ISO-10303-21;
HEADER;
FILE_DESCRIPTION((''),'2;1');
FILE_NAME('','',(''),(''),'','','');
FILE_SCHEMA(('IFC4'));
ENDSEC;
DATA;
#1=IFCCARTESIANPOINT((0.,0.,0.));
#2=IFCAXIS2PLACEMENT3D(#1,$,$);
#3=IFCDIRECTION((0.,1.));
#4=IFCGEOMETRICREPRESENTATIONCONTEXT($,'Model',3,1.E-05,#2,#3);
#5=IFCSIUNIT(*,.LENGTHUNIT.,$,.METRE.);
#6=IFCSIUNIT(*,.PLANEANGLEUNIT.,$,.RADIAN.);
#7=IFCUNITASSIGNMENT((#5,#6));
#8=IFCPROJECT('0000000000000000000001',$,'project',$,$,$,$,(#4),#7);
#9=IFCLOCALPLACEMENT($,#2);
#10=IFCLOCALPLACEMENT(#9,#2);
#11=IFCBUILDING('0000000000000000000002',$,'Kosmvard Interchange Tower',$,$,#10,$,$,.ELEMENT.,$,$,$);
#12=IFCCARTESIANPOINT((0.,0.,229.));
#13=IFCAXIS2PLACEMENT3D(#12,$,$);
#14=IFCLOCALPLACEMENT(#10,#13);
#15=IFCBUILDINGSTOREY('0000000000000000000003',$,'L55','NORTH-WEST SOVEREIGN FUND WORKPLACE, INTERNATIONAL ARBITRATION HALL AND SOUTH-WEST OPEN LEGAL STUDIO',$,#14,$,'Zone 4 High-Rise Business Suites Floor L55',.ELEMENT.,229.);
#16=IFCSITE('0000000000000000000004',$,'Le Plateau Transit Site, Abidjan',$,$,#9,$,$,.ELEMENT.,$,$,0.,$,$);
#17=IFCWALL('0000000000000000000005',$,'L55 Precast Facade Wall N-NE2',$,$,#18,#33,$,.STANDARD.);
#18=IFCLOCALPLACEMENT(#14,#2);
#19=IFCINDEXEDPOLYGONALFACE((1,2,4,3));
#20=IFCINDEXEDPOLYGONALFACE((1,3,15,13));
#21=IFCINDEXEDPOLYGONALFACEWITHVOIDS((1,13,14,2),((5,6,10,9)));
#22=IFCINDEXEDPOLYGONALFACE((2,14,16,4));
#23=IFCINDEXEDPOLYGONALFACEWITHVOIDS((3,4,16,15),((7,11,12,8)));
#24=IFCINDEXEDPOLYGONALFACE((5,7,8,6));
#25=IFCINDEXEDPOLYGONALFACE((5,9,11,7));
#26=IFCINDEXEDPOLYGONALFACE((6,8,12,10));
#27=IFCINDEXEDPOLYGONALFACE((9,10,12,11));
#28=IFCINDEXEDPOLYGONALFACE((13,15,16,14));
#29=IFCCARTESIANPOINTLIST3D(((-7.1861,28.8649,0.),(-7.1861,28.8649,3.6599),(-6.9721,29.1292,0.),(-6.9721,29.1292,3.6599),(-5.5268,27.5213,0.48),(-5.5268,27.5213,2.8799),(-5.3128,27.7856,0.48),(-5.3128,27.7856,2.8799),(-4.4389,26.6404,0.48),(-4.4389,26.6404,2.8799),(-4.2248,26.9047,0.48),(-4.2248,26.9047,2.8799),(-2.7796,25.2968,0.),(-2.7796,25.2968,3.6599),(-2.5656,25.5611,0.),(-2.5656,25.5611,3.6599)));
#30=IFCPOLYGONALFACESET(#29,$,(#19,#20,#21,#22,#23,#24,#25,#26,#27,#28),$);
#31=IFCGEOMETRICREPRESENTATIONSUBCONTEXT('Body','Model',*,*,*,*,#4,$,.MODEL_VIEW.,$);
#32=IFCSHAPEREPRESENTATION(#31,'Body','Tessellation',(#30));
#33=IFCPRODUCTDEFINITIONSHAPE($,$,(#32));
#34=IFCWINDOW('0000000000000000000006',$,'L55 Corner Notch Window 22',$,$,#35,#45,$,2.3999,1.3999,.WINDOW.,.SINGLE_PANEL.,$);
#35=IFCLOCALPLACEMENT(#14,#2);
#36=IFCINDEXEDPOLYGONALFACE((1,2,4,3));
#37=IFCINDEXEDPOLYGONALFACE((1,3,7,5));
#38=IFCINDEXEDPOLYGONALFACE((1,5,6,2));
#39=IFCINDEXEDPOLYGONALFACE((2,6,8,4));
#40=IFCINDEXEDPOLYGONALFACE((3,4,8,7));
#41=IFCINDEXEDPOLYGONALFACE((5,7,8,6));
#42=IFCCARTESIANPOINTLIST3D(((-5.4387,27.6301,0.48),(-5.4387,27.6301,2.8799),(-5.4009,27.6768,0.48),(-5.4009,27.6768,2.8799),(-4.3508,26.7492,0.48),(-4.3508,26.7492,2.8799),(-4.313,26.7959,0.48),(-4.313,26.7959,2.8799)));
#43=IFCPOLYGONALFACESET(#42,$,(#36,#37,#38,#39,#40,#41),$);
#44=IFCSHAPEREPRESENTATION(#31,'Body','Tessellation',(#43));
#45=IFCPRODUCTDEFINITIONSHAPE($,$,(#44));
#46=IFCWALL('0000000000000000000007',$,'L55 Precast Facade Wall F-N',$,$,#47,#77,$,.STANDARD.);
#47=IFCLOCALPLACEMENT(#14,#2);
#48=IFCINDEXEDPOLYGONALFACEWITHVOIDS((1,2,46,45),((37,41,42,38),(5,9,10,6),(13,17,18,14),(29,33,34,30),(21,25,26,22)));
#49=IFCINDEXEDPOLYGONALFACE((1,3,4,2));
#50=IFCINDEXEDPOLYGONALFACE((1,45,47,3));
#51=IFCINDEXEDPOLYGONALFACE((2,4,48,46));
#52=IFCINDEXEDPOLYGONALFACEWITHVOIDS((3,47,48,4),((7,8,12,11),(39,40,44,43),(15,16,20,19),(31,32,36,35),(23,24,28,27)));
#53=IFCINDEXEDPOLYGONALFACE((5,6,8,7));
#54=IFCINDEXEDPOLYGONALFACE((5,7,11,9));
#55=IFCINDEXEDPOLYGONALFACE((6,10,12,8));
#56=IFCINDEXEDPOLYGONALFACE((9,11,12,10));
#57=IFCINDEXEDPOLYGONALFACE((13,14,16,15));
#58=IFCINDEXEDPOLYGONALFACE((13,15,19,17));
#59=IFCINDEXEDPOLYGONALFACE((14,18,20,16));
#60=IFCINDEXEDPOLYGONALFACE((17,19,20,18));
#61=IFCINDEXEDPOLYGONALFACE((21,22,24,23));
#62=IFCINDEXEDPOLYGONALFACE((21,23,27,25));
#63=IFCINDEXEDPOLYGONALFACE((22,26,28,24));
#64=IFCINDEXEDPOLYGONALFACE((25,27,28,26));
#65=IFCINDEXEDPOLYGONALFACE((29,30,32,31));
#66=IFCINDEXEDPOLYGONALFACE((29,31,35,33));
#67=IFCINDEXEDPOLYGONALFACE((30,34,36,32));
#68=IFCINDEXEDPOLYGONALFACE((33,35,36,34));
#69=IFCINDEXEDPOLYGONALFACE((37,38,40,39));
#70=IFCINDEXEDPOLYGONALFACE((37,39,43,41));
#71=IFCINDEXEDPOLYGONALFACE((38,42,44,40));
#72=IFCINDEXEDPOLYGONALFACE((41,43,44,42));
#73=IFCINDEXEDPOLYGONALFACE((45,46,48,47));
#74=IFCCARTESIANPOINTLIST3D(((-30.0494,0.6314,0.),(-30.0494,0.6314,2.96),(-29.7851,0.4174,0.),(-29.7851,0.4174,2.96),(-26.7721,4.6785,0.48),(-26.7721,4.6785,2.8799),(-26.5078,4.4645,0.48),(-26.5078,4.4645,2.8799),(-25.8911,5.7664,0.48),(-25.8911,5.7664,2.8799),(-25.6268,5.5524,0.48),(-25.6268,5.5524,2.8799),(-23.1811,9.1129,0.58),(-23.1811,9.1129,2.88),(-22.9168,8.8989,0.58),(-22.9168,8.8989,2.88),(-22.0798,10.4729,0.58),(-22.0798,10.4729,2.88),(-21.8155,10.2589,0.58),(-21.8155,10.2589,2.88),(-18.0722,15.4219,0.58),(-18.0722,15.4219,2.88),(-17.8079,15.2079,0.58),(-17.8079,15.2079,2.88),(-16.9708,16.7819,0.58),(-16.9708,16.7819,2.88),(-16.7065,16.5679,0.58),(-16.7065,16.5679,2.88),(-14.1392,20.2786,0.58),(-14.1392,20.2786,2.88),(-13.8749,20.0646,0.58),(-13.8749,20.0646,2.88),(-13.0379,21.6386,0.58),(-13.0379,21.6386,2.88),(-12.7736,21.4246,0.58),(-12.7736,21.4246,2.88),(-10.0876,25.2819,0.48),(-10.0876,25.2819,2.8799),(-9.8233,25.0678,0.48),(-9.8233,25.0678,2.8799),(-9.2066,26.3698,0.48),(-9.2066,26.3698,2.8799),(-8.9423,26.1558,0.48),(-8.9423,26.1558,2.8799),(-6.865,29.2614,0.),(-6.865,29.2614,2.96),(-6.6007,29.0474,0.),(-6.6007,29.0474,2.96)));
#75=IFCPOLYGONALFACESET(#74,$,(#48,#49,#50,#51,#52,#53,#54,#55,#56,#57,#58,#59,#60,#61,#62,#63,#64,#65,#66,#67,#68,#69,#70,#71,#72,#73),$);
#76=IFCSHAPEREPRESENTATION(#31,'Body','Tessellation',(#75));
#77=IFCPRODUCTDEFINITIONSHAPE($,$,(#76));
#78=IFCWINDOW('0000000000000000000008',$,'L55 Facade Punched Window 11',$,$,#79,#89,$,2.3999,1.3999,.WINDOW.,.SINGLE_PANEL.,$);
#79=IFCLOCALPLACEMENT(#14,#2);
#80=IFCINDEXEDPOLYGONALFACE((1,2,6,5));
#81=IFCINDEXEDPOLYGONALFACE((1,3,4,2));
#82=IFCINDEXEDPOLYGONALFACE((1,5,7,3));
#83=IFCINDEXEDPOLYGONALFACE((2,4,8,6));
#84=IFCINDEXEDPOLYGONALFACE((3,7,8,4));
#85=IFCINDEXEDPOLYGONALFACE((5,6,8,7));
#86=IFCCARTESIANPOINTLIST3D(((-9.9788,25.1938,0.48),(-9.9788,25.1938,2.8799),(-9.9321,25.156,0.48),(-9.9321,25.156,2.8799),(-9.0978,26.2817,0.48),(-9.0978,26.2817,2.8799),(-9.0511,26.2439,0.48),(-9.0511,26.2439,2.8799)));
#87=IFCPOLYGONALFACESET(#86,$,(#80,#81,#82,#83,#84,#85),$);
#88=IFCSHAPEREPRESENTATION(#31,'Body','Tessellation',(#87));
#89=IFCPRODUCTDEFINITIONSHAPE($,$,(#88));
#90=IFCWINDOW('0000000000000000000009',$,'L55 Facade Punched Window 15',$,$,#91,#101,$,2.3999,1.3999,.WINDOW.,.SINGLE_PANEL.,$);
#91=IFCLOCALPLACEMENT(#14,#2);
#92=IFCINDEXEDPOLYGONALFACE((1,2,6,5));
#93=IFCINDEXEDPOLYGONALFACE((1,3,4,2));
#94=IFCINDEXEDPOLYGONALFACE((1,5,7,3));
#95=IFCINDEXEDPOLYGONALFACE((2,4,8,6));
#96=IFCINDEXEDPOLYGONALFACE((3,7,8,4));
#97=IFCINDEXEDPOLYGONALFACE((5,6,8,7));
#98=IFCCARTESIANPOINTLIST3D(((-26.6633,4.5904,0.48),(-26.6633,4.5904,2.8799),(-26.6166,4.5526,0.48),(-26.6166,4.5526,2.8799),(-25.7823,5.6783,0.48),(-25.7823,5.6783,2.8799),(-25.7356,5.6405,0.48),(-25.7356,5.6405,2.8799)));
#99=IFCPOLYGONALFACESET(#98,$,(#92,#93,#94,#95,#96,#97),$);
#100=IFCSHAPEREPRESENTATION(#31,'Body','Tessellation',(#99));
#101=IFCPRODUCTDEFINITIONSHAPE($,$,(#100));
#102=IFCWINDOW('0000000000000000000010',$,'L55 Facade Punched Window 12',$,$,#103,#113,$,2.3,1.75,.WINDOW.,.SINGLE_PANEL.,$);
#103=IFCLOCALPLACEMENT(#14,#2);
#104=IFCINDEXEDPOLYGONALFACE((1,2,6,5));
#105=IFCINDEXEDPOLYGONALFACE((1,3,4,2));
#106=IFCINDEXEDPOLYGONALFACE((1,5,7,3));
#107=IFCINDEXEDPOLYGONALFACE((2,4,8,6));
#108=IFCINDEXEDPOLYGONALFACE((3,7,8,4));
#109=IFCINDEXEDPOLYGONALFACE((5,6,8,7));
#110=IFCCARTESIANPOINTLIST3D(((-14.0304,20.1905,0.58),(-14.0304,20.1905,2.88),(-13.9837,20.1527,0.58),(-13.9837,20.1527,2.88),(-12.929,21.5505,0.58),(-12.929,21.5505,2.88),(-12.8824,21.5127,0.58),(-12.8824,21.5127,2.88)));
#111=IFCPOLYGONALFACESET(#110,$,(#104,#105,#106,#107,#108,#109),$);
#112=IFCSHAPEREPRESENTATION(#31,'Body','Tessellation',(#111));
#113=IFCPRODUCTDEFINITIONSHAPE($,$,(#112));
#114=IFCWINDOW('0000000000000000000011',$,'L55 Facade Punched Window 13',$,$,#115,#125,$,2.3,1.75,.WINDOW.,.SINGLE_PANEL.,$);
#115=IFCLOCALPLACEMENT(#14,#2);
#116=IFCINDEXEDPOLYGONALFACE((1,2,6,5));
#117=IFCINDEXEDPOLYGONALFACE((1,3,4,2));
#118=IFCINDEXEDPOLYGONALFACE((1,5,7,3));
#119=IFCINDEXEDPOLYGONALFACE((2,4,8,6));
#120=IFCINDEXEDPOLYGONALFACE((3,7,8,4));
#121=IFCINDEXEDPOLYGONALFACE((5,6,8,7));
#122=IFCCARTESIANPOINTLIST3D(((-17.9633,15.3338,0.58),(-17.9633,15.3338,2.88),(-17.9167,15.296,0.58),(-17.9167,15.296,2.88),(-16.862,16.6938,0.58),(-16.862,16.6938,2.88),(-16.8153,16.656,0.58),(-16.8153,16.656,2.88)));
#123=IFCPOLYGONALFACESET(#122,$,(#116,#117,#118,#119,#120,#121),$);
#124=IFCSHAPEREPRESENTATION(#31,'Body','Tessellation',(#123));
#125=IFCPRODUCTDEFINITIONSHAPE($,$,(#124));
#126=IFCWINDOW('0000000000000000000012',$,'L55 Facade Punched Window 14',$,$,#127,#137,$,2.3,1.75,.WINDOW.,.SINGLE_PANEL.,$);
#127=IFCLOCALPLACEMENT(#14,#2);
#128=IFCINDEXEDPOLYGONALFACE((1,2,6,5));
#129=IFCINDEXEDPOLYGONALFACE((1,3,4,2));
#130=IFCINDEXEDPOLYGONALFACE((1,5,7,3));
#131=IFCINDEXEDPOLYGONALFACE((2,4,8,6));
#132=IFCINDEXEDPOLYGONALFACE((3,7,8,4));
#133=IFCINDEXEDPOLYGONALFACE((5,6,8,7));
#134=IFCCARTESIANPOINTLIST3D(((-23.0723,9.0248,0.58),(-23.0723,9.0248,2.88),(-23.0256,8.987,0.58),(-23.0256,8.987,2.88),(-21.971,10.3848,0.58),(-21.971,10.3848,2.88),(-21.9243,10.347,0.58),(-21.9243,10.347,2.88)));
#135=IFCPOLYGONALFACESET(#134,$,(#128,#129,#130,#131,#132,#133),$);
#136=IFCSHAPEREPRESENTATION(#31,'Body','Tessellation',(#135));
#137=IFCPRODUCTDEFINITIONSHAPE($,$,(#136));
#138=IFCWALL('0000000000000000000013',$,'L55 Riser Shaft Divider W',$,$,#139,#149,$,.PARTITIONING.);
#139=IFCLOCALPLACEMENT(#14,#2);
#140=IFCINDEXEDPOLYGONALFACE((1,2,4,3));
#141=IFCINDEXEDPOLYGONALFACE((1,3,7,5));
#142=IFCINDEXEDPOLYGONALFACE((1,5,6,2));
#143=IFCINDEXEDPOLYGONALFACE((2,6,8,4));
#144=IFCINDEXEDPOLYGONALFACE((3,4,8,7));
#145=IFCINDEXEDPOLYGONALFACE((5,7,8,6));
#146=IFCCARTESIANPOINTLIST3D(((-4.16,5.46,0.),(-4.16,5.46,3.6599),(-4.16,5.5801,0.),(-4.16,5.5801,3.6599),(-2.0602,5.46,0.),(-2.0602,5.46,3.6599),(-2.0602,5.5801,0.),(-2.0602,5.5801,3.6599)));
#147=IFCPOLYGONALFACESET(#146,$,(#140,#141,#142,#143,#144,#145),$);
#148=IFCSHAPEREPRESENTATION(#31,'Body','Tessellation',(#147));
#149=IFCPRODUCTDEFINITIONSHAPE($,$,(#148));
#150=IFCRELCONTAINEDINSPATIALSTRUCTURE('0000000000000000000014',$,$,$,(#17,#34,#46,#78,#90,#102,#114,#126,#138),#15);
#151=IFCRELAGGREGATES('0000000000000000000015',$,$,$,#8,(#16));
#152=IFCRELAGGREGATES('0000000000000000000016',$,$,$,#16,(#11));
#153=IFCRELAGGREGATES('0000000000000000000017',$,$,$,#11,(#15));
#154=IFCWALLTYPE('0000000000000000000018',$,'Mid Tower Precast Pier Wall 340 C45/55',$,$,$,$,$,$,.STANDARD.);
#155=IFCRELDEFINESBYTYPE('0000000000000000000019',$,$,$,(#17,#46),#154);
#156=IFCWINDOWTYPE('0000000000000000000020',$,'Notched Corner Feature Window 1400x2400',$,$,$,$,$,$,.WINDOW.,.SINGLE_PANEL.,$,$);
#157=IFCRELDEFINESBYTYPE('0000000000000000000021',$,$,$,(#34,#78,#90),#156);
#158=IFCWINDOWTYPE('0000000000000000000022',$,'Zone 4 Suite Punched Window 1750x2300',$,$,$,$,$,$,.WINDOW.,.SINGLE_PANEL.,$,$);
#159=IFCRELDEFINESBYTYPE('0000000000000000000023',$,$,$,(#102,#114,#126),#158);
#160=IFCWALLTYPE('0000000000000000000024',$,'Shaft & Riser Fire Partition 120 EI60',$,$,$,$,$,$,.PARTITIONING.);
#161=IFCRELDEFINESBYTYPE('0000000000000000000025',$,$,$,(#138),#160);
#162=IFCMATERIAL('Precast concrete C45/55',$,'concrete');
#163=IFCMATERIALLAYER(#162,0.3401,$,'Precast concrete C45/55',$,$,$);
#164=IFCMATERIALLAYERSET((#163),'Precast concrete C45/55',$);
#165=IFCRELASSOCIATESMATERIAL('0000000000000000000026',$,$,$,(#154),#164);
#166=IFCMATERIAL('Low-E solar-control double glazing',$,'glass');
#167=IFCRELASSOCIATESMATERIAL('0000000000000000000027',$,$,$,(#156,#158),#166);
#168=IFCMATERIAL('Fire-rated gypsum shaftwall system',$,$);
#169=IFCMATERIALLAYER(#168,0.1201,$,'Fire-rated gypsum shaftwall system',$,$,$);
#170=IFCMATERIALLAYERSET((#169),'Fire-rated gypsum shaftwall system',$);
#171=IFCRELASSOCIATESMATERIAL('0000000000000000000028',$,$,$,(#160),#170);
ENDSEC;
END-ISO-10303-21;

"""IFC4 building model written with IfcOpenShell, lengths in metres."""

from ifc_helpers import new_model, si_unit, direction, frame, frame_2d, origin, place, context, subcontext, project, spatial, rectangle, extrude, source, transform, mapped, material, layer, layer_set, type_object, element, fill, save


model = new_model("IFC4")

# Units and contexts
model_context = context("Model", 3, precision=1e-05, world=origin(), true_north=direction((0.0, 1.0)))
body_context = subcontext(model_context, "Body", "Model", "MODEL_VIEW")
ifc_project = project(units=[si_unit("LENGTHUNIT", "METRE"), si_unit("PLANEANGLEUNIT", "RADIAN")], contexts=[model_context])

# Site, building, storey
site_placement = place(None, origin())
site = spatial("IfcSite", under=ifc_project, at=site_placement, Name="Le Plateau Transit Site, Abidjan", CompositionType="ELEMENT", RefElevation=0.0)
building_placement = place(site_placement, origin())
building = spatial("IfcBuilding", under=site, at=building_placement, Name="Kosmvard Interchange Tower", CompositionType="ELEMENT")
storey_placement = place(building_placement, frame((0.0, 0.0, 229.0)))
storey = spatial("IfcBuildingStorey", under=building, at=storey_placement, Name="L55", Description="NORTH-WEST SOVEREIGN FUND WORKPLACE, INTERNATIONAL ARBITRATION HALL AND SOUTH-WEST OPEN LEGAL STUDIO", LongName="Zone 4 High-Rise Business Suites Floor L55", CompositionType="ELEMENT", Elevation=229.0)

# Wall, opening, window
ifc_material_1 = material(Name="Precast concrete C45/55", Category="concrete")
ifc_layer_1 = layer(ifc_material_1, 0.3401, Name="Precast concrete C45/55")
ifc_layer_set_1 = layer_set([ifc_layer_1], Name="Precast concrete C45/55")
wall_type_1 = type_object("IfcWallType", Name="Mid Tower Precast Pier Wall 340 C45/55", PredefinedType="STANDARD", material=ifc_layer_set_1)
wall_1_placement = place(storey_placement, frame((-2.6726, 25.429, 0.0), z_axis=(0.0, 0.0, 1.0), x_axis=(-0.777163, 0.6293, 0.0)))
wall_1 = element("IfcWall", 1, at=wall_1_placement, inside=storey, type_object=wall_type_1, Name="L55 Precast Facade Wall N-NE2", PredefinedType="STANDARD", context=body_context, shape_type="SweptSolid", body=[
    extrude(rectangle(XDim=5.6699, YDim=0.3401, at=frame_2d((2.835, 0.0))), origin(), (0.0, 0.0, 1.0), 3.6599),
])
opening_1_placement = place(wall_1_placement, frame((2.135, 0.0, 0.48)))
opening_1 = element("IfcOpeningElement", 2, at=opening_1_placement, cuts=wall_1, PredefinedType="OPENING", context=body_context, shape_type="SweptSolid", body=[
    extrude(rectangle(XDim=1.3999, YDim=2.3999, at=frame_2d((0.7, 1.2))), frame((0.0, 0.1802, 0.0), z_axis=(0.0, -1.0, 0.0), x_axis=(1.0, 0.0, 0.0)), (0.0, 0.0, 1.0), 0.3601),
])
ifc_material_2 = material(Name="Low-E solar-control double glazing", Category="glass")
window_type_1 = type_object("IfcWindowType", Name="Notched Corner Feature Window 1400x2400", PartitioningType="SINGLE_PANEL", PredefinedType="WINDOW", material=ifc_material_2)
shared_shape_1 = source(origin(), body_context, "Body", "SweptSolid", [
    extrude(rectangle(XDim=1.3999, YDim=2.3999, at=frame_2d((0.7, 1.2))), frame((0.0, 0.03, 0.0), z_axis=(0.0, -1.0, 0.0), x_axis=(1.0, 0.0, 0.0)), (0.0, 0.0, 1.0), 0.0601),
])
window_1_placement = place(opening_1_placement, origin())
window_1 = element("IfcWindow", 3, at=window_1_placement, inside=storey, type_object=window_type_1, Name="L55 Corner Notch Window 22", OverallHeight=2.3999, OverallWidth=1.3999, PartitioningType="SINGLE_PANEL", PredefinedType="WINDOW", context=body_context, shape_type="MappedRepresentation", body=[
    mapped(shared_shape_1, transform((0.0, 0.0, 0.0), scale=1.0)),
])
fill(opening_1, window_1)

# Wall, openings, windows
wall_2_placement = place(storey_placement, frame((-6.7329, 29.1543, 0.0), z_axis=(0.0, 0.0, 1.0), x_axis=(-0.629325, -0.777142, 0.0)))
wall_2 = element("IfcWall", 4, at=wall_2_placement, inside=storey, type_object=wall_type_1, Name="L55 Precast Facade Wall F-N", PredefinedType="STANDARD", context=body_context, shape_type="SweptSolid", body=[
    extrude(rectangle(XDim=36.8401, YDim=0.3401, at=frame_2d((18.4199, 0.0))), origin(), (0.0, 0.0, 1.0), 2.96),
])
opening_2_placement = place(wall_2_placement, frame((3.7207, 0.0, 0.48)))
opening_2 = element("IfcOpeningElement", 5, at=opening_2_placement, cuts=wall_2, PredefinedType="OPENING", context=body_context, shape_type="SweptSolid", body=[
    extrude(rectangle(XDim=1.3999, YDim=2.3999, at=frame_2d((0.7, 1.2))), frame((0.0, 0.1802, 0.0), z_axis=(0.0, -1.0, 0.0), x_axis=(1.0, 0.0, 0.0)), (0.0, 0.0, 1.0), 0.3601),
])
opening_3_placement = place(wall_2_placement, frame((9.8086, 0.0, 0.5801)))
opening_3 = element("IfcOpeningElement", 6, at=opening_3_placement, cuts=wall_2, PredefinedType="OPENING", context=body_context, shape_type="SweptSolid", body=[
    extrude(rectangle(XDim=1.75, YDim=2.3, at=frame_2d((0.875, 1.1499))), frame((0.0, 0.1802, 0.0), z_axis=(0.0, -1.0, 0.0), x_axis=(1.0, 0.0, 0.0)), (0.0, 0.0, 1.0), 0.3601),
])
opening_4_placement = place(wall_2_placement, frame((16.0581, 0.0, 0.5801)))
opening_4 = element("IfcOpeningElement", 7, at=opening_4_placement, cuts=wall_2, PredefinedType="OPENING", context=body_context, shape_type="SweptSolid", body=[
    extrude(rectangle(XDim=1.75, YDim=2.3, at=frame_2d((0.875, 1.1499))), frame((0.0, 0.1802, 0.0), z_axis=(0.0, -1.0, 0.0), x_axis=(1.0, 0.0, 0.0)), (0.0, 0.0, 1.0), 0.3601),
])
opening_5_placement = place(wall_2_placement, frame((24.1763, 0.0, 0.5801)))
opening_5 = element("IfcOpeningElement", 8, at=opening_5_placement, cuts=wall_2, PredefinedType="OPENING", context=body_context, shape_type="SweptSolid", body=[
    extrude(rectangle(XDim=1.75, YDim=2.3, at=frame_2d((0.875, 1.1499))), frame((0.0, 0.1802, 0.0), z_axis=(0.0, -1.0, 0.0), x_axis=(1.0, 0.0, 0.0)), (0.0, 0.0, 1.0), 0.3601),
])
opening_6_placement = place(wall_2_placement, frame((30.2324, 0.0, 0.48)))
opening_6 = element("IfcOpeningElement", 9, at=opening_6_placement, cuts=wall_2, PredefinedType="OPENING", context=body_context, shape_type="SweptSolid", body=[
    extrude(rectangle(XDim=1.3999, YDim=2.3999, at=frame_2d((0.7, 1.2))), frame((0.0, 0.1802, 0.0), z_axis=(0.0, -1.0, 0.0), x_axis=(1.0, 0.0, 0.0)), (0.0, 0.0, 1.0), 0.3601),
])
window_2_placement = place(opening_2_placement, origin())
window_2 = element("IfcWindow", 10, at=window_2_placement, inside=storey, type_object=window_type_1, Name="L55 Facade Punched Window 11", OverallHeight=2.3999, OverallWidth=1.3999, PartitioningType="SINGLE_PANEL", PredefinedType="WINDOW", context=body_context, shape_type="MappedRepresentation", body=[
    mapped(shared_shape_1, transform((0.0, 0.0, 0.0), scale=1.0)),
])
fill(opening_2, window_2)
window_3_placement = place(opening_6_placement, origin())
window_3 = element("IfcWindow", 11, at=window_3_placement, inside=storey, type_object=window_type_1, Name="L55 Facade Punched Window 15", OverallHeight=2.3999, OverallWidth=1.3999, PartitioningType="SINGLE_PANEL", PredefinedType="WINDOW", context=body_context, shape_type="MappedRepresentation", body=[
    mapped(shared_shape_1, transform((0.0, 0.0, 0.0), scale=1.0)),
])
fill(opening_6, window_3)
window_type_2 = type_object("IfcWindowType", Name="Zone 4 Suite Punched Window 1750x2300", PartitioningType="SINGLE_PANEL", PredefinedType="WINDOW", material=ifc_material_2)
shared_shape_2 = source(origin(), body_context, "Body", "SweptSolid", [
    extrude(rectangle(XDim=1.75, YDim=2.3, at=frame_2d((0.875, 1.1499))), frame((0.0, 0.03, 0.0), z_axis=(0.0, -1.0, 0.0), x_axis=(1.0, 0.0, 0.0)), (0.0, 0.0, 1.0), 0.0601),
])
window_4_placement = place(opening_3_placement, origin())
window_4 = element("IfcWindow", 12, at=window_4_placement, inside=storey, type_object=window_type_2, Name="L55 Facade Punched Window 12", OverallHeight=2.3, OverallWidth=1.75, PartitioningType="SINGLE_PANEL", PredefinedType="WINDOW", context=body_context, shape_type="MappedRepresentation", body=[
    mapped(shared_shape_2, transform((0.0, 0.0, 0.0), scale=1.0)),
])
fill(opening_3, window_4)
window_5_placement = place(opening_4_placement, origin())
window_5 = element("IfcWindow", 13, at=window_5_placement, inside=storey, type_object=window_type_2, Name="L55 Facade Punched Window 13", OverallHeight=2.3, OverallWidth=1.75, PartitioningType="SINGLE_PANEL", PredefinedType="WINDOW", context=body_context, shape_type="MappedRepresentation", body=[
    mapped(shared_shape_2, transform((0.0, 0.0, 0.0), scale=1.0)),
])
fill(opening_4, window_5)
window_6_placement = place(opening_5_placement, origin())
window_6 = element("IfcWindow", 14, at=window_6_placement, inside=storey, type_object=window_type_2, Name="L55 Facade Punched Window 14", OverallHeight=2.3, OverallWidth=1.75, PartitioningType="SINGLE_PANEL", PredefinedType="WINDOW", context=body_context, shape_type="MappedRepresentation", body=[
    mapped(shared_shape_2, transform((0.0, 0.0, 0.0), scale=1.0)),
])
fill(opening_5, window_6)

# Wall
ifc_material_3 = material(Name="Fire-rated gypsum shaftwall system")
ifc_layer_2 = layer(ifc_material_3, 0.1201, Name="Fire-rated gypsum shaftwall system")
ifc_layer_set_2 = layer_set([ifc_layer_2], Name="Fire-rated gypsum shaftwall system")
wall_type_2 = type_object("IfcWallType", Name="Shaft & Riser Fire Partition 120 EI60", PredefinedType="PARTITIONING", material=ifc_layer_set_2)
wall_3_placement = place(storey_placement, frame((-4.1599, 5.52, 0.0), z_axis=(0.0, 0.0, 1.0), x_axis=(1.0, 0.0, 0.0)))
element("IfcWall", 15, at=wall_3_placement, inside=storey, type_object=wall_type_2, Name="L55 Riser Shaft Divider W", PredefinedType="PARTITIONING", context=body_context, shape_type="SweptSolid", body=[
    extrude(rectangle(XDim=2.0999, YDim=0.1201, at=frame_2d((1.0498, 0.0))), origin(), (0.0, 0.0, 1.0), 3.6599),
])

save(model, "model.ifc")
